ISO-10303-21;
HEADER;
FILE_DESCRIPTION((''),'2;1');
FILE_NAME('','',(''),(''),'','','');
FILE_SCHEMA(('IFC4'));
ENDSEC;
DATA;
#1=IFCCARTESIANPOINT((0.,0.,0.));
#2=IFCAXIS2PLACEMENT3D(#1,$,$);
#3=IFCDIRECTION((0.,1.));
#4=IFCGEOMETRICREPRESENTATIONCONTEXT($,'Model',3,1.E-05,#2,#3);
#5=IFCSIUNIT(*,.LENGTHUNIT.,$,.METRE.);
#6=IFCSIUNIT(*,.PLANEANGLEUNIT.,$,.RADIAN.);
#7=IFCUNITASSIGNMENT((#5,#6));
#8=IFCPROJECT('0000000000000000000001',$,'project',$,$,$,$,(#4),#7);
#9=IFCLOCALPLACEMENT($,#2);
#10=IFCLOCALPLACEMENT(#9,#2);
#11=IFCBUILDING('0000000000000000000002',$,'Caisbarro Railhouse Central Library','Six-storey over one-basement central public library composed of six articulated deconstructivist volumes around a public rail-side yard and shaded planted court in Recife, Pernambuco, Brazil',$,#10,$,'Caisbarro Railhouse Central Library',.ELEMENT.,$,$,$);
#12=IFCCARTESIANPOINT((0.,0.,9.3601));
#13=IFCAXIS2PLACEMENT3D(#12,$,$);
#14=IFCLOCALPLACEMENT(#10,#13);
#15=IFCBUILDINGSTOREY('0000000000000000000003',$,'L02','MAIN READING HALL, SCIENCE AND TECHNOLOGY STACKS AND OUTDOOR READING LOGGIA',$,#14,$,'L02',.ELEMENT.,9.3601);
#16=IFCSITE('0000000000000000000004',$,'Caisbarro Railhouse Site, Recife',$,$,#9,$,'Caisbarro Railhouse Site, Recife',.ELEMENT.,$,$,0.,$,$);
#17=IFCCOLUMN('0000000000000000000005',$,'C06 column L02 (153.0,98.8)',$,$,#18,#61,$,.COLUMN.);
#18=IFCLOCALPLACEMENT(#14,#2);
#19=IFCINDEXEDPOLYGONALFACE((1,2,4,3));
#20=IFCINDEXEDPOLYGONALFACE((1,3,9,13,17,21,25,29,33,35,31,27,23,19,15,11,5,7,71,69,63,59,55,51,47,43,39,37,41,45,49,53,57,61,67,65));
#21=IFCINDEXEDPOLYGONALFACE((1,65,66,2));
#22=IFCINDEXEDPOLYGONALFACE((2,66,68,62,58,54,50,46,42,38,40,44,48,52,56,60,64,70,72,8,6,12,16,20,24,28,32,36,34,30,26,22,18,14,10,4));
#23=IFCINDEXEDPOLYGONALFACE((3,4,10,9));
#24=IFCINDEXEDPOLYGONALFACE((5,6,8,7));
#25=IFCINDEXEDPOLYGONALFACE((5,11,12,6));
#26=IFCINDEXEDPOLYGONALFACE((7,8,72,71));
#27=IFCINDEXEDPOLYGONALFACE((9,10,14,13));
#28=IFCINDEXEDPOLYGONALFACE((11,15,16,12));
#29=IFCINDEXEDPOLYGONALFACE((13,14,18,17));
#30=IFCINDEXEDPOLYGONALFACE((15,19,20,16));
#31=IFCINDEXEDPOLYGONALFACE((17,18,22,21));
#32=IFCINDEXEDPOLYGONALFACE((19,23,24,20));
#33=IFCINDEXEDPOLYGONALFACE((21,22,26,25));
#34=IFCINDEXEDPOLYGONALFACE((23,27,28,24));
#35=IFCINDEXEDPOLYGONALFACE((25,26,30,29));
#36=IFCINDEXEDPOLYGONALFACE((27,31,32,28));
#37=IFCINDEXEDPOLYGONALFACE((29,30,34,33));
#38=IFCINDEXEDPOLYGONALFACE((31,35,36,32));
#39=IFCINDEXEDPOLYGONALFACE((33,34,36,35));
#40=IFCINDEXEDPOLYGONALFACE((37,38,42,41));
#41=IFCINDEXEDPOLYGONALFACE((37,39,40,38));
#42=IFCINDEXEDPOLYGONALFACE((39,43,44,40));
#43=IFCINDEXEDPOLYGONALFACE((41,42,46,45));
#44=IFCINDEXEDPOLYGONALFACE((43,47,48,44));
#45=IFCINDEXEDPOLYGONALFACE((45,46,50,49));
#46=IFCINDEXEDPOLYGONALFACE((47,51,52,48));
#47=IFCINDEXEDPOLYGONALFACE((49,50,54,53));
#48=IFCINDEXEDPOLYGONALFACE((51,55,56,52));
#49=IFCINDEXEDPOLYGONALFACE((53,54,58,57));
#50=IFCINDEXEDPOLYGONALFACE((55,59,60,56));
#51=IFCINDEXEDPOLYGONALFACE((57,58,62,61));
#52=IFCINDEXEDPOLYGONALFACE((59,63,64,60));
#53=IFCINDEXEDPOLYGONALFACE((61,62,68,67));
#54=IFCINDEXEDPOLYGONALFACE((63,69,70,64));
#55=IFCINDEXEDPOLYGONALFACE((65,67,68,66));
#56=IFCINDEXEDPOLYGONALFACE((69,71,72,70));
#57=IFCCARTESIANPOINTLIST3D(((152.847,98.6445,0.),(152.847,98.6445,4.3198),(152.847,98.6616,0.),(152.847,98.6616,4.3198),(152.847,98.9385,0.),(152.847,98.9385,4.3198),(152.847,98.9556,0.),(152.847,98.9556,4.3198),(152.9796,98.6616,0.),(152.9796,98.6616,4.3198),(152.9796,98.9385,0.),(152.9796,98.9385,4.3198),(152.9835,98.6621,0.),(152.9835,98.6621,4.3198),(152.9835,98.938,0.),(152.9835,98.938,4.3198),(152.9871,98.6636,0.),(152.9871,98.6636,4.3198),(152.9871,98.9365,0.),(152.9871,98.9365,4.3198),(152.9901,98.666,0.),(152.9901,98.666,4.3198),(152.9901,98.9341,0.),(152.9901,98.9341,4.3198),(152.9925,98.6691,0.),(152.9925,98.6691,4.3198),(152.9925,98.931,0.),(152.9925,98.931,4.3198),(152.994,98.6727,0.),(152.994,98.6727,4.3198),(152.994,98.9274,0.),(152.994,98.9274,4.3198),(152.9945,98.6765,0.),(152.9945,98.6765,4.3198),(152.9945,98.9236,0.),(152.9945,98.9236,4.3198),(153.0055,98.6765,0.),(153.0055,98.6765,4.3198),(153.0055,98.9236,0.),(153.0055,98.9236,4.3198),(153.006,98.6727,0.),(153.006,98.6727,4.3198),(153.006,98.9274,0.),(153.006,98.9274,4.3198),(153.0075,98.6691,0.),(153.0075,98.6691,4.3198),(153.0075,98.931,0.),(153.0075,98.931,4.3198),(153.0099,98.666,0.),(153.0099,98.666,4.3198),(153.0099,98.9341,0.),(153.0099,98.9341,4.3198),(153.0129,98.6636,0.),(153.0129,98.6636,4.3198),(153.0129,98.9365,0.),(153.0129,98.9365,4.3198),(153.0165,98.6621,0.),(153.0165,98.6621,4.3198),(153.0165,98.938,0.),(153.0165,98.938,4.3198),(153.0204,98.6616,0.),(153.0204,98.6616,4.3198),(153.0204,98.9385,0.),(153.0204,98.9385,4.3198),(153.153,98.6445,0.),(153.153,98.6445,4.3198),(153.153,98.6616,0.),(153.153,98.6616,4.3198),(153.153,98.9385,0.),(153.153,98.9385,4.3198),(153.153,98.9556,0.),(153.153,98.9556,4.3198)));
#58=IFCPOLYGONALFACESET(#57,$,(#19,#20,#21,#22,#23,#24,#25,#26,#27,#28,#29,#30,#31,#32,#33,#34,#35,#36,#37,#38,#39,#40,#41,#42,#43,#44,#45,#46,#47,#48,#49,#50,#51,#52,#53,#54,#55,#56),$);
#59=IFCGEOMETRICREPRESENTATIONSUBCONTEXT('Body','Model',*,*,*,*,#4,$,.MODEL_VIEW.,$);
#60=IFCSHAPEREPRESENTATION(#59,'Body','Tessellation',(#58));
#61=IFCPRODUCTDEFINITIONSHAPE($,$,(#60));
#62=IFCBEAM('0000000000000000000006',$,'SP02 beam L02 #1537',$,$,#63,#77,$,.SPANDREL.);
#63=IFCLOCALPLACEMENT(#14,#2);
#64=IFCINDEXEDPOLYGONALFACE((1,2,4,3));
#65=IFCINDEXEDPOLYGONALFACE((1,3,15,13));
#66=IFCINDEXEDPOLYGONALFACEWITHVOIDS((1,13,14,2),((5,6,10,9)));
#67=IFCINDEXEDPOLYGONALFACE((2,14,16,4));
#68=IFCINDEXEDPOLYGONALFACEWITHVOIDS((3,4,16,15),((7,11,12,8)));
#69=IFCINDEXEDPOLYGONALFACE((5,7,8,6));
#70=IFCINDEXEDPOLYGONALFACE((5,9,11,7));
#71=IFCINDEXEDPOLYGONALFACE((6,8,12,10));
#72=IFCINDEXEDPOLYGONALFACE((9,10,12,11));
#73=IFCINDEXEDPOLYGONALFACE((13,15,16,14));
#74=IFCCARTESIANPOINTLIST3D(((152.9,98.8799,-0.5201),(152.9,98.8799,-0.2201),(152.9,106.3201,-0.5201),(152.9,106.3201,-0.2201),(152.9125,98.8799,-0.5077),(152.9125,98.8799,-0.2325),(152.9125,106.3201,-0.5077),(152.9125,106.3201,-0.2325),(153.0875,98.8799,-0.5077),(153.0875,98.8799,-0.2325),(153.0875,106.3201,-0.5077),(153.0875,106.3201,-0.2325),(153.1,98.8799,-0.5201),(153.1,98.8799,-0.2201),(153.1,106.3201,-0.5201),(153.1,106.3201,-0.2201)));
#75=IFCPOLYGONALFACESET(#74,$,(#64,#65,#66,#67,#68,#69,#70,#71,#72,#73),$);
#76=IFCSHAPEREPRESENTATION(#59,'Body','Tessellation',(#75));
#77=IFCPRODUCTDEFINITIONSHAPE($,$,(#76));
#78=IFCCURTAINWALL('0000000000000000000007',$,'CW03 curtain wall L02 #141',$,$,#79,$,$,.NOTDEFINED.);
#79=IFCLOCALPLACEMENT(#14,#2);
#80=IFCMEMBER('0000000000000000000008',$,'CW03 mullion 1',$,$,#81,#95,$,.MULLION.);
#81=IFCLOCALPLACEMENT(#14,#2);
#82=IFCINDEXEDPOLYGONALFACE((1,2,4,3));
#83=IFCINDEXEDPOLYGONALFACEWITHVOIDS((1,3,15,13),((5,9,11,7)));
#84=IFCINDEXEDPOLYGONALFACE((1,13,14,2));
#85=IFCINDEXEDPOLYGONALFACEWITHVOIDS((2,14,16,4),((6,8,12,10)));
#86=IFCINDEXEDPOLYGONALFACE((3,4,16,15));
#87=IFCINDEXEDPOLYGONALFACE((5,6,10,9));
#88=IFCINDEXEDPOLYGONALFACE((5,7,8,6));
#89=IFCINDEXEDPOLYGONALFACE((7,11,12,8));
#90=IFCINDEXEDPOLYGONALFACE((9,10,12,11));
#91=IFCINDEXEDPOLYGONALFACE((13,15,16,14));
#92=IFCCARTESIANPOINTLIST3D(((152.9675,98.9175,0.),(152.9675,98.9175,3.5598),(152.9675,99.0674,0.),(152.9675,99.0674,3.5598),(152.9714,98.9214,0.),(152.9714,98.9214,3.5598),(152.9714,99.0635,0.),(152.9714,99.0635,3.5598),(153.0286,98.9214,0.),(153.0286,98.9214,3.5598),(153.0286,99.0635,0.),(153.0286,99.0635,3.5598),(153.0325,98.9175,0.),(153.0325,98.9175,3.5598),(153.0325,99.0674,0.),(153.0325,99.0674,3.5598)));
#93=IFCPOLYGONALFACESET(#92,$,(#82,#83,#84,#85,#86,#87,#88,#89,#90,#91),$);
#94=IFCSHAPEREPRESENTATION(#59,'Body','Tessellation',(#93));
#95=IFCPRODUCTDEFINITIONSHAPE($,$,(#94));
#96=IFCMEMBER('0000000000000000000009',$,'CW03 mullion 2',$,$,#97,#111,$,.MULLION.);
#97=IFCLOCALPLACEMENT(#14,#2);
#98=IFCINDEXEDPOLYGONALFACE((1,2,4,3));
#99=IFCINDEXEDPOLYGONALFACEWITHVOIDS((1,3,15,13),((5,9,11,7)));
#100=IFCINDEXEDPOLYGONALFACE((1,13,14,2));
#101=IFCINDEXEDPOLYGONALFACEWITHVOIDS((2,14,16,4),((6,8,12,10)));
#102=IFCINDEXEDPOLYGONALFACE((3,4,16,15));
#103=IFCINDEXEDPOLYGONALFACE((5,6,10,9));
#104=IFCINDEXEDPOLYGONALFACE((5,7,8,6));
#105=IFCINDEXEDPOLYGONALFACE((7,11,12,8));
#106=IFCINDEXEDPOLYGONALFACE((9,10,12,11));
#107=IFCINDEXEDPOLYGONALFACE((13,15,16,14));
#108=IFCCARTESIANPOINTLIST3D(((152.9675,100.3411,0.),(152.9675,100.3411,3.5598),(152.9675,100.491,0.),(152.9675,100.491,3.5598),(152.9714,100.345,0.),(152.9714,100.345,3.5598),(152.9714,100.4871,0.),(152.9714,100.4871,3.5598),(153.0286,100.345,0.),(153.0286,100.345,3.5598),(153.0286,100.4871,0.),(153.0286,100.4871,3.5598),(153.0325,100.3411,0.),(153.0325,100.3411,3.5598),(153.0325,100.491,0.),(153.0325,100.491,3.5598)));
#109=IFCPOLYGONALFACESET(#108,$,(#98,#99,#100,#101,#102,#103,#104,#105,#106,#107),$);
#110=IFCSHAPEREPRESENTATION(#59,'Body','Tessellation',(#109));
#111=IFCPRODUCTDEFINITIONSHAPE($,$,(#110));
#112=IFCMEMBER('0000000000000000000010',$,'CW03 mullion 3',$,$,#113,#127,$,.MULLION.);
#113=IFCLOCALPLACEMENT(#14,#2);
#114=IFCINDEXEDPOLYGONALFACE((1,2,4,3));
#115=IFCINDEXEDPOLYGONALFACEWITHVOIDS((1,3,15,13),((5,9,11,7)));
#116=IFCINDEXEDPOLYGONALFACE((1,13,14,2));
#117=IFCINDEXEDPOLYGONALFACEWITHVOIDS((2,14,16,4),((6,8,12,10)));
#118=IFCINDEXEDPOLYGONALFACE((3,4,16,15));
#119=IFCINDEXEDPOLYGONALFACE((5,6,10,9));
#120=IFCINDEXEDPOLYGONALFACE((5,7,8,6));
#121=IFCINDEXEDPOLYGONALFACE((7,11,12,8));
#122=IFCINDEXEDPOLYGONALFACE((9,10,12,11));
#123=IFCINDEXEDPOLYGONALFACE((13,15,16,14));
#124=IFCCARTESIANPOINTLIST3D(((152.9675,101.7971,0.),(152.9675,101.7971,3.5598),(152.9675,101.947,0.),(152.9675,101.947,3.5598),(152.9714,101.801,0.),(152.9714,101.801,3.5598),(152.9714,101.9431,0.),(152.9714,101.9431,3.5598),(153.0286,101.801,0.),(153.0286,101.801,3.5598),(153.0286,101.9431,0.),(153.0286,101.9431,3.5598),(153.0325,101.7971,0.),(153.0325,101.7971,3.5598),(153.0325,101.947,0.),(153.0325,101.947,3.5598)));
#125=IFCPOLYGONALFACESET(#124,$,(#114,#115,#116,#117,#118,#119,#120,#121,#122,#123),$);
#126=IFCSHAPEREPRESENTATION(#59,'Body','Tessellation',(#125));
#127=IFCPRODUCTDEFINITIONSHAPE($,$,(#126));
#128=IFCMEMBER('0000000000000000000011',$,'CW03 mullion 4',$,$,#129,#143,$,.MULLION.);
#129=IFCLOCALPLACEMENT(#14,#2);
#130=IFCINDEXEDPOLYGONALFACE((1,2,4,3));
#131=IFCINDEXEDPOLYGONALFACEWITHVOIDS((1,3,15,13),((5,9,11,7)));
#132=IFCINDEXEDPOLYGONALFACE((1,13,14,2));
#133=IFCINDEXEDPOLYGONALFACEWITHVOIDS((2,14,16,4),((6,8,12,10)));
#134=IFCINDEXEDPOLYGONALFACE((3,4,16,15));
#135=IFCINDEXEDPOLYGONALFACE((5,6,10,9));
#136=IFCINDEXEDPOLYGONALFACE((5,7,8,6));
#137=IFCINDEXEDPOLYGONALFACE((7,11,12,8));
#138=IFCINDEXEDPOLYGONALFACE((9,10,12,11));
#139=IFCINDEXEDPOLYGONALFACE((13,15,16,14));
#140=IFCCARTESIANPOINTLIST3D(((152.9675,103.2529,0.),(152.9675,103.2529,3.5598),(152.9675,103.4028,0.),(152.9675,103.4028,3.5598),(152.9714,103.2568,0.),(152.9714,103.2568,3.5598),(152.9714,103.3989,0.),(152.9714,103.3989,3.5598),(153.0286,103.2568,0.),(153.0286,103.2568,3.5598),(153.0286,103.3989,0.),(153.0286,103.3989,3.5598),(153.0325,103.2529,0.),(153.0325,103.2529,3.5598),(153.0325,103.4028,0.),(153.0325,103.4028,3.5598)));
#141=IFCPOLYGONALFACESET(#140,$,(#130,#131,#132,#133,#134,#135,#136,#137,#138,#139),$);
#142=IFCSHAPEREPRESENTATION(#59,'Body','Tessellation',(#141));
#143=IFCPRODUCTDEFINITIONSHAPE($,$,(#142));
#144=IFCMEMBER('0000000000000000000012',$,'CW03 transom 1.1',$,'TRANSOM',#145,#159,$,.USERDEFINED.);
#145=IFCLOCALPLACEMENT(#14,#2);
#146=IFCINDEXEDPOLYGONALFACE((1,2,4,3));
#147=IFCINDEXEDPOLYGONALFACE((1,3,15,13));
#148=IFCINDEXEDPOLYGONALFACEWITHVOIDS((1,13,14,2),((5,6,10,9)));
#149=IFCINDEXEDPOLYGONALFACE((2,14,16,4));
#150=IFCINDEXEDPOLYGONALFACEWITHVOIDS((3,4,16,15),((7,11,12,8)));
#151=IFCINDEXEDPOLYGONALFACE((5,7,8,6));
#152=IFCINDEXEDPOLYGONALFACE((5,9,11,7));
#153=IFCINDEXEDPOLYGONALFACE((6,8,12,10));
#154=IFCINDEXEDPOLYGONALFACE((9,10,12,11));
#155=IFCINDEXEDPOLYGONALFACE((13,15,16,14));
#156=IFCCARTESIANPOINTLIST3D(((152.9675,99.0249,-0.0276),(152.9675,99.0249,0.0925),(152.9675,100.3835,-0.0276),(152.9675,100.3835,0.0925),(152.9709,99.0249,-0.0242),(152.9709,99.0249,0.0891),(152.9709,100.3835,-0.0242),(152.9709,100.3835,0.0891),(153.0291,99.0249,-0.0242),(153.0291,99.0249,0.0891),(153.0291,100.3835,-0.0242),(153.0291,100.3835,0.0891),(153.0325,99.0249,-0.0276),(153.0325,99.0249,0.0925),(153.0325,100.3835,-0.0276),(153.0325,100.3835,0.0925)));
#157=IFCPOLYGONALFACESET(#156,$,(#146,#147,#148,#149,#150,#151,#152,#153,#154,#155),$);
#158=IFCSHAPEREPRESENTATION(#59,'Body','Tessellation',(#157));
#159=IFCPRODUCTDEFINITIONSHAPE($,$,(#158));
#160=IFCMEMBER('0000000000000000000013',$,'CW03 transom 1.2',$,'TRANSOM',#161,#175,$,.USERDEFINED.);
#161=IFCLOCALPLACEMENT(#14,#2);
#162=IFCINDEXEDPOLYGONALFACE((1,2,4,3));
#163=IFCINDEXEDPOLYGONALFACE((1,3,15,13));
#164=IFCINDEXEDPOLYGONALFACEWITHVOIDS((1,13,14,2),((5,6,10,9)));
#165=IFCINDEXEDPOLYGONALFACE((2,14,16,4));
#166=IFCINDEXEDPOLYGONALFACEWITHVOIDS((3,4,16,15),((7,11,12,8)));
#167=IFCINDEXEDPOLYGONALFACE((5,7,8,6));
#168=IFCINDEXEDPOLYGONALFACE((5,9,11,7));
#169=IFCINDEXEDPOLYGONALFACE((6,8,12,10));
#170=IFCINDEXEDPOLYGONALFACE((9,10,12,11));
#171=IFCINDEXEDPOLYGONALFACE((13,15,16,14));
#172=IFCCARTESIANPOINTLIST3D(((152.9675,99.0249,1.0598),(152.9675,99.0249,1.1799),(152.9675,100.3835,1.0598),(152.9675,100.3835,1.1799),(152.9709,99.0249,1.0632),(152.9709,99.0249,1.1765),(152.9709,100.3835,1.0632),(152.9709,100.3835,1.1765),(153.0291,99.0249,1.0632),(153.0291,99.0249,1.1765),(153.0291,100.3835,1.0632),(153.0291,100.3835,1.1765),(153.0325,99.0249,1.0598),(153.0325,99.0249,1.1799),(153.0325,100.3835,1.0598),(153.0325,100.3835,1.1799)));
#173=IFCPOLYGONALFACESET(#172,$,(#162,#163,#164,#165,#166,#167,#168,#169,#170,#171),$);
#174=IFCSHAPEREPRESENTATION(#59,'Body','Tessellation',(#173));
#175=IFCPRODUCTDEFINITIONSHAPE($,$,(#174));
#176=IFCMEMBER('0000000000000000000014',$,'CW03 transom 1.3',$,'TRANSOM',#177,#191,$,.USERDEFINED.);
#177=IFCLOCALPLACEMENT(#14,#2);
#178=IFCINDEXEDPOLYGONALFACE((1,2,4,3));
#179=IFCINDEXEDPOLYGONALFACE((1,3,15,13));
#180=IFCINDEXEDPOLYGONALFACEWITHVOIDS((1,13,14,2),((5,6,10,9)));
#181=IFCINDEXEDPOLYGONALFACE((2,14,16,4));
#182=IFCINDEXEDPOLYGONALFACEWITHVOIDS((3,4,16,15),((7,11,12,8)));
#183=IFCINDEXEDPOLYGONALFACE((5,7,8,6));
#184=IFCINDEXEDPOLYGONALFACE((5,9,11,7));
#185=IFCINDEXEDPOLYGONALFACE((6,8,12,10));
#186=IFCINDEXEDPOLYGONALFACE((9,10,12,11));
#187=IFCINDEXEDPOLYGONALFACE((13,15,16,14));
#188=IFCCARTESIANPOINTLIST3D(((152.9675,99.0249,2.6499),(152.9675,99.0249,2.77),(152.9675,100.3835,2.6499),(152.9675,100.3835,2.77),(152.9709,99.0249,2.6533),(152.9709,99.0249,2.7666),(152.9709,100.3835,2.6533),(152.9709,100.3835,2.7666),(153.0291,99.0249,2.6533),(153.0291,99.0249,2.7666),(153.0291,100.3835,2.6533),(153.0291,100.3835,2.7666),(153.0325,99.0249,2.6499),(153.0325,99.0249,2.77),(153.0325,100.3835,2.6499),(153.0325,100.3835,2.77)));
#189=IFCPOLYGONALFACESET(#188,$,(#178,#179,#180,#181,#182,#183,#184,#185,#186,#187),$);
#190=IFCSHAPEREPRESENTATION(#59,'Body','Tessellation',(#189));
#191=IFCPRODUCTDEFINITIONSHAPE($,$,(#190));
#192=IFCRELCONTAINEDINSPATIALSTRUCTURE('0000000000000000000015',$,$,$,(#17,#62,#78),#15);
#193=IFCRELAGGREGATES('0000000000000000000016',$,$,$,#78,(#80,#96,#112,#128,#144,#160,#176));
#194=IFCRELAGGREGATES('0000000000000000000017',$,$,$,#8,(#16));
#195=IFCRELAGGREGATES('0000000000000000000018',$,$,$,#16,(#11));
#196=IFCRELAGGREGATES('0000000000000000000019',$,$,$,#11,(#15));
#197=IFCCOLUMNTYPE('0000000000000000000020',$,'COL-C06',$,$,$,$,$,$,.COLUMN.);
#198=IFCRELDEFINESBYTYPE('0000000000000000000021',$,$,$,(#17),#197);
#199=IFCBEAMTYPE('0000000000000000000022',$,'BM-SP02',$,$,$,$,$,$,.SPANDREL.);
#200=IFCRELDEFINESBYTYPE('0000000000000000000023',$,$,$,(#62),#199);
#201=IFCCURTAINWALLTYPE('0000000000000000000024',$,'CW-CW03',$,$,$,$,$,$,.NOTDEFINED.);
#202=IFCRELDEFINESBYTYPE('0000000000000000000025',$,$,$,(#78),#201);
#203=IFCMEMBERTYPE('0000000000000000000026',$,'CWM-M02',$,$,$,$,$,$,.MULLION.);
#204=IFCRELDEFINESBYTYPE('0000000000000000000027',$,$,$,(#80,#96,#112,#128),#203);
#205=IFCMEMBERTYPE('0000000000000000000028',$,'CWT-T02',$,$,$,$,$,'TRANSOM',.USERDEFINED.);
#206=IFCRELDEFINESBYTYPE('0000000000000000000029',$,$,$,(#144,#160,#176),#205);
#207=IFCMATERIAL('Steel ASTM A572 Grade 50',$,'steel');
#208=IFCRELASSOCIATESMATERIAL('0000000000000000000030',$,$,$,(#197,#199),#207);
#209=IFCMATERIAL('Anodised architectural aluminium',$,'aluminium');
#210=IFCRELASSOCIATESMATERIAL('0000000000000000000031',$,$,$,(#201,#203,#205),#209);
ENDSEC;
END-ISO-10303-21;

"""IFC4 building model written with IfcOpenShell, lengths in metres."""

from ifc_helpers import new_model, si_unit, direction, frame, origin, origin_2d, place, context, subcontext, project, spatial, hollow_rectangle, i_section, extrude, material, material_profile, profile_set, type_object, element, aggregate, save


model = new_model("IFC4")

# Units and contexts
model_context = context("Model", 3, precision=1e-05, world=origin(), true_north=direction((0.0, 1.0)))
body_context = subcontext(model_context, "Body", "Model", "MODEL_VIEW")
ifc_project = project(units=[si_unit("LENGTHUNIT", "METRE"), si_unit("PLANEANGLEUNIT", "RADIAN")], contexts=[model_context])

# Site, building, storey
site_placement = place(None, origin())
site = spatial("IfcSite", under=ifc_project, at=site_placement, Name="Caisbarro Railhouse Site, Recife", LongName="Caisbarro Railhouse Site, Recife", CompositionType="ELEMENT", RefElevation=0.0)
building_placement = place(site_placement, origin())
building = spatial("IfcBuilding", under=site, at=building_placement, Name="Caisbarro Railhouse Central Library", Description="Six-storey over one-basement central public library composed of six articulated deconstructivist volumes around a public rail-side yard and shaded planted court in Recife, Pernambuco, Brazil", LongName="Caisbarro Railhouse Central Library", CompositionType="ELEMENT")
storey_placement = place(building_placement, frame((0.0, 0.0, 9.3601)))
storey = spatial("IfcBuildingStorey", under=building, at=storey_placement, Name="L02", Description="MAIN READING HALL, SCIENCE AND TECHNOLOGY STACKS AND OUTDOOR READING LOGGIA", LongName="L02", CompositionType="ELEMENT", Elevation=9.3601)

# Column
ifc_material_1 = material(Name="Steel ASTM A572 Grade 50", Category="steel")
ifc_material_profile_1 = material_profile(ifc_material_1, i_section(OverallWidth=0.3059, OverallDepth=0.311, WebThickness=0.011, FlangeThickness=0.0171, FilletRadius=0.0149, at=origin_2d()), Name="W310X107.0")
ifc_profile_set_1 = profile_set([ifc_material_profile_1], Name="Steel ASTM A572 Grade 50")
column_type = type_object("IfcColumnType", Name="COL-C06", PredefinedType="COLUMN", material=ifc_profile_set_1)
column_placement = place(storey_placement, frame((153.0, 98.8, 0.0), z_axis=(0.0, 0.0, 1.0), x_axis=(1.0, 0.0, 0.0)))
element("IfcColumn", 1, at=column_placement, inside=storey, type_object=column_type, Name="C06 column L02 (153.0,98.8)", PredefinedType="COLUMN", context=body_context, shape_type="SweptSolid", body=[
    extrude(i_section(OverallWidth=0.3059, OverallDepth=0.311, WebThickness=0.011, FlangeThickness=0.0171, FilletRadius=0.0149, at=origin_2d()), origin(), (0.0, 0.0, 1.0), 4.3198),
])

# Beam
ifc_material_profile_2 = material_profile(ifc_material_1, hollow_rectangle(XDim=0.2, YDim=0.3, WallThickness=0.0125, at=origin_2d()), Name="HSS300X200X12.5")
ifc_profile_set_2 = profile_set([ifc_material_profile_2], Name="Steel ASTM A572 Grade 50")
beam_type = type_object("IfcBeamType", Name="BM-SP02", PredefinedType="SPANDREL", material=ifc_profile_set_2)
beam_placement = place(storey_placement, frame((153.0, 98.8799, -0.3701), z_axis=(0.0, 1.0, 0.0), x_axis=(-1.0, 0.0, 0.0)))
element("IfcBeam", 2, at=beam_placement, inside=storey, type_object=beam_type, Name="SP02 beam L02 #1537", PredefinedType="SPANDREL", context=body_context, shape_type="SweptSolid", body=[
    extrude(hollow_rectangle(XDim=0.2, YDim=0.3, WallThickness=0.0125, at=origin_2d()), origin(), (0.0, 0.0, 1.0), 7.4402),
])

# Curtain wall, members
ifc_material_2 = material(Name="Anodised architectural aluminium", Category="aluminium")
curtain_wall_type = type_object("IfcCurtainWallType", Name="CW-CW03", PredefinedType="NOTDEFINED", material=ifc_material_2)
curtain_wall_placement = place(storey_placement, origin())
curtain_wall = element("IfcCurtainWall", 3, at=curtain_wall_placement, inside=storey, type_object=curtain_wall_type, Name="CW03 curtain wall L02 #141", PredefinedType="NOTDEFINED")
ifc_material_profile_3 = material_profile(ifc_material_2, hollow_rectangle(XDim=0.0649, YDim=0.1499, WallThickness=0.0039, at=origin_2d()), Name="ALU-MUL-65X150")
ifc_profile_set_3 = profile_set([ifc_material_profile_3], Name="Anodised architectural aluminium")
member_type_1 = type_object("IfcMemberType", Name="CWM-M02", PredefinedType="MULLION", material=ifc_profile_set_3)
member_1_placement = place(storey_placement, frame((153.0, 98.9924, 0.0), z_axis=(0.0, 0.0, 1.0), x_axis=(-1.0, 0.0, 0.0)))
member_1 = element("IfcMember", 4, at=member_1_placement, type_object=member_type_1, Name="CW03 mullion 1", PredefinedType="MULLION", context=body_context, shape_type="SweptSolid", body=[
    extrude(hollow_rectangle(XDim=0.0649, YDim=0.1499, WallThickness=0.0039, at=origin_2d()), origin(), (0.0, 0.0, 1.0), 3.5598),
])
member_2_placement = place(storey_placement, frame((153.0, 100.416, 0.0), z_axis=(0.0, 0.0, 1.0), x_axis=(-1.0, 0.0, 0.0)))
member_2 = element("IfcMember", 5, at=member_2_placement, type_object=member_type_1, Name="CW03 mullion 2", PredefinedType="MULLION", context=body_context, shape_type="SweptSolid", body=[
    extrude(hollow_rectangle(XDim=0.0649, YDim=0.1499, WallThickness=0.0039, at=origin_2d()), origin(), (0.0, 0.0, 1.0), 3.5598),
])
member_3_placement = place(storey_placement, frame((153.0, 101.8721, 0.0), z_axis=(0.0, 0.0, 1.0), x_axis=(-1.0, 0.0, 0.0)))
member_3 = element("IfcMember", 6, at=member_3_placement, type_object=member_type_1, Name="CW03 mullion 3", PredefinedType="MULLION", context=body_context, shape_type="SweptSolid", body=[
    extrude(hollow_rectangle(XDim=0.0649, YDim=0.1499, WallThickness=0.0039, at=origin_2d()), origin(), (0.0, 0.0, 1.0), 3.5598),
])
member_4_placement = place(storey_placement, frame((153.0, 103.3279, 0.0), z_axis=(0.0, 0.0, 1.0), x_axis=(-1.0, 0.0, 0.0)))
member_4 = element("IfcMember", 7, at=member_4_placement, type_object=member_type_1, Name="CW03 mullion 4", PredefinedType="MULLION", context=body_context, shape_type="SweptSolid", body=[
    extrude(hollow_rectangle(XDim=0.0649, YDim=0.1499, WallThickness=0.0039, at=origin_2d()), origin(), (0.0, 0.0, 1.0), 3.5598),
])
ifc_material_profile_4 = material_profile(ifc_material_2, hollow_rectangle(XDim=0.0649, YDim=0.1201, WallThickness=0.0034, at=origin_2d()), Name="ALU-TRN-65X120")
ifc_profile_set_4 = profile_set([ifc_material_profile_4], Name="Anodised architectural aluminium")
member_type_2 = type_object("IfcMemberType", Name="CWT-T02", ElementType="TRANSOM", PredefinedType="USERDEFINED", material=ifc_profile_set_4)
member_5_placement = place(storey_placement, frame((153.0, 99.0249, 0.0325), z_axis=(0.0, 1.0, 0.0), x_axis=(-1.0, 0.0, 0.0)))
member_5 = element("IfcMember", 8, at=member_5_placement, type_object=member_type_2, Name="CW03 transom 1.1", ObjectType="TRANSOM", PredefinedType="USERDEFINED", context=body_context, shape_type="SweptSolid", body=[
    extrude(hollow_rectangle(XDim=0.0649, YDim=0.1201, WallThickness=0.0034, at=origin_2d()), origin(), (0.0, 0.0, 1.0), 1.3586),
])
member_6_placement = place(storey_placement, frame((153.0, 99.0249, 1.1199), z_axis=(0.0, 1.0, 0.0), x_axis=(-1.0, 0.0, 0.0)))
member_6 = element("IfcMember", 9, at=member_6_placement, type_object=member_type_2, Name="CW03 transom 1.2", ObjectType="TRANSOM", PredefinedType="USERDEFINED", context=body_context, shape_type="SweptSolid", body=[
    extrude(hollow_rectangle(XDim=0.0649, YDim=0.1201, WallThickness=0.0034, at=origin_2d()), origin(), (0.0, 0.0, 1.0), 1.3586),
])
member_7_placement = place(storey_placement, frame((153.0, 99.0249, 2.71), z_axis=(0.0, 1.0, 0.0), x_axis=(-1.0, 0.0, 0.0)))
member_7 = element("IfcMember", 10, at=member_7_placement, type_object=member_type_2, Name="CW03 transom 1.3", ObjectType="TRANSOM", PredefinedType="USERDEFINED", context=body_context, shape_type="SweptSolid", body=[
    extrude(hollow_rectangle(XDim=0.0649, YDim=0.1201, WallThickness=0.0034, at=origin_2d()), origin(), (0.0, 0.0, 1.0), 1.3586),
])
aggregate(curtain_wall, [member_1, member_2, member_3, member_4, member_5, member_6, member_7])

save(model, "model.ifc")
